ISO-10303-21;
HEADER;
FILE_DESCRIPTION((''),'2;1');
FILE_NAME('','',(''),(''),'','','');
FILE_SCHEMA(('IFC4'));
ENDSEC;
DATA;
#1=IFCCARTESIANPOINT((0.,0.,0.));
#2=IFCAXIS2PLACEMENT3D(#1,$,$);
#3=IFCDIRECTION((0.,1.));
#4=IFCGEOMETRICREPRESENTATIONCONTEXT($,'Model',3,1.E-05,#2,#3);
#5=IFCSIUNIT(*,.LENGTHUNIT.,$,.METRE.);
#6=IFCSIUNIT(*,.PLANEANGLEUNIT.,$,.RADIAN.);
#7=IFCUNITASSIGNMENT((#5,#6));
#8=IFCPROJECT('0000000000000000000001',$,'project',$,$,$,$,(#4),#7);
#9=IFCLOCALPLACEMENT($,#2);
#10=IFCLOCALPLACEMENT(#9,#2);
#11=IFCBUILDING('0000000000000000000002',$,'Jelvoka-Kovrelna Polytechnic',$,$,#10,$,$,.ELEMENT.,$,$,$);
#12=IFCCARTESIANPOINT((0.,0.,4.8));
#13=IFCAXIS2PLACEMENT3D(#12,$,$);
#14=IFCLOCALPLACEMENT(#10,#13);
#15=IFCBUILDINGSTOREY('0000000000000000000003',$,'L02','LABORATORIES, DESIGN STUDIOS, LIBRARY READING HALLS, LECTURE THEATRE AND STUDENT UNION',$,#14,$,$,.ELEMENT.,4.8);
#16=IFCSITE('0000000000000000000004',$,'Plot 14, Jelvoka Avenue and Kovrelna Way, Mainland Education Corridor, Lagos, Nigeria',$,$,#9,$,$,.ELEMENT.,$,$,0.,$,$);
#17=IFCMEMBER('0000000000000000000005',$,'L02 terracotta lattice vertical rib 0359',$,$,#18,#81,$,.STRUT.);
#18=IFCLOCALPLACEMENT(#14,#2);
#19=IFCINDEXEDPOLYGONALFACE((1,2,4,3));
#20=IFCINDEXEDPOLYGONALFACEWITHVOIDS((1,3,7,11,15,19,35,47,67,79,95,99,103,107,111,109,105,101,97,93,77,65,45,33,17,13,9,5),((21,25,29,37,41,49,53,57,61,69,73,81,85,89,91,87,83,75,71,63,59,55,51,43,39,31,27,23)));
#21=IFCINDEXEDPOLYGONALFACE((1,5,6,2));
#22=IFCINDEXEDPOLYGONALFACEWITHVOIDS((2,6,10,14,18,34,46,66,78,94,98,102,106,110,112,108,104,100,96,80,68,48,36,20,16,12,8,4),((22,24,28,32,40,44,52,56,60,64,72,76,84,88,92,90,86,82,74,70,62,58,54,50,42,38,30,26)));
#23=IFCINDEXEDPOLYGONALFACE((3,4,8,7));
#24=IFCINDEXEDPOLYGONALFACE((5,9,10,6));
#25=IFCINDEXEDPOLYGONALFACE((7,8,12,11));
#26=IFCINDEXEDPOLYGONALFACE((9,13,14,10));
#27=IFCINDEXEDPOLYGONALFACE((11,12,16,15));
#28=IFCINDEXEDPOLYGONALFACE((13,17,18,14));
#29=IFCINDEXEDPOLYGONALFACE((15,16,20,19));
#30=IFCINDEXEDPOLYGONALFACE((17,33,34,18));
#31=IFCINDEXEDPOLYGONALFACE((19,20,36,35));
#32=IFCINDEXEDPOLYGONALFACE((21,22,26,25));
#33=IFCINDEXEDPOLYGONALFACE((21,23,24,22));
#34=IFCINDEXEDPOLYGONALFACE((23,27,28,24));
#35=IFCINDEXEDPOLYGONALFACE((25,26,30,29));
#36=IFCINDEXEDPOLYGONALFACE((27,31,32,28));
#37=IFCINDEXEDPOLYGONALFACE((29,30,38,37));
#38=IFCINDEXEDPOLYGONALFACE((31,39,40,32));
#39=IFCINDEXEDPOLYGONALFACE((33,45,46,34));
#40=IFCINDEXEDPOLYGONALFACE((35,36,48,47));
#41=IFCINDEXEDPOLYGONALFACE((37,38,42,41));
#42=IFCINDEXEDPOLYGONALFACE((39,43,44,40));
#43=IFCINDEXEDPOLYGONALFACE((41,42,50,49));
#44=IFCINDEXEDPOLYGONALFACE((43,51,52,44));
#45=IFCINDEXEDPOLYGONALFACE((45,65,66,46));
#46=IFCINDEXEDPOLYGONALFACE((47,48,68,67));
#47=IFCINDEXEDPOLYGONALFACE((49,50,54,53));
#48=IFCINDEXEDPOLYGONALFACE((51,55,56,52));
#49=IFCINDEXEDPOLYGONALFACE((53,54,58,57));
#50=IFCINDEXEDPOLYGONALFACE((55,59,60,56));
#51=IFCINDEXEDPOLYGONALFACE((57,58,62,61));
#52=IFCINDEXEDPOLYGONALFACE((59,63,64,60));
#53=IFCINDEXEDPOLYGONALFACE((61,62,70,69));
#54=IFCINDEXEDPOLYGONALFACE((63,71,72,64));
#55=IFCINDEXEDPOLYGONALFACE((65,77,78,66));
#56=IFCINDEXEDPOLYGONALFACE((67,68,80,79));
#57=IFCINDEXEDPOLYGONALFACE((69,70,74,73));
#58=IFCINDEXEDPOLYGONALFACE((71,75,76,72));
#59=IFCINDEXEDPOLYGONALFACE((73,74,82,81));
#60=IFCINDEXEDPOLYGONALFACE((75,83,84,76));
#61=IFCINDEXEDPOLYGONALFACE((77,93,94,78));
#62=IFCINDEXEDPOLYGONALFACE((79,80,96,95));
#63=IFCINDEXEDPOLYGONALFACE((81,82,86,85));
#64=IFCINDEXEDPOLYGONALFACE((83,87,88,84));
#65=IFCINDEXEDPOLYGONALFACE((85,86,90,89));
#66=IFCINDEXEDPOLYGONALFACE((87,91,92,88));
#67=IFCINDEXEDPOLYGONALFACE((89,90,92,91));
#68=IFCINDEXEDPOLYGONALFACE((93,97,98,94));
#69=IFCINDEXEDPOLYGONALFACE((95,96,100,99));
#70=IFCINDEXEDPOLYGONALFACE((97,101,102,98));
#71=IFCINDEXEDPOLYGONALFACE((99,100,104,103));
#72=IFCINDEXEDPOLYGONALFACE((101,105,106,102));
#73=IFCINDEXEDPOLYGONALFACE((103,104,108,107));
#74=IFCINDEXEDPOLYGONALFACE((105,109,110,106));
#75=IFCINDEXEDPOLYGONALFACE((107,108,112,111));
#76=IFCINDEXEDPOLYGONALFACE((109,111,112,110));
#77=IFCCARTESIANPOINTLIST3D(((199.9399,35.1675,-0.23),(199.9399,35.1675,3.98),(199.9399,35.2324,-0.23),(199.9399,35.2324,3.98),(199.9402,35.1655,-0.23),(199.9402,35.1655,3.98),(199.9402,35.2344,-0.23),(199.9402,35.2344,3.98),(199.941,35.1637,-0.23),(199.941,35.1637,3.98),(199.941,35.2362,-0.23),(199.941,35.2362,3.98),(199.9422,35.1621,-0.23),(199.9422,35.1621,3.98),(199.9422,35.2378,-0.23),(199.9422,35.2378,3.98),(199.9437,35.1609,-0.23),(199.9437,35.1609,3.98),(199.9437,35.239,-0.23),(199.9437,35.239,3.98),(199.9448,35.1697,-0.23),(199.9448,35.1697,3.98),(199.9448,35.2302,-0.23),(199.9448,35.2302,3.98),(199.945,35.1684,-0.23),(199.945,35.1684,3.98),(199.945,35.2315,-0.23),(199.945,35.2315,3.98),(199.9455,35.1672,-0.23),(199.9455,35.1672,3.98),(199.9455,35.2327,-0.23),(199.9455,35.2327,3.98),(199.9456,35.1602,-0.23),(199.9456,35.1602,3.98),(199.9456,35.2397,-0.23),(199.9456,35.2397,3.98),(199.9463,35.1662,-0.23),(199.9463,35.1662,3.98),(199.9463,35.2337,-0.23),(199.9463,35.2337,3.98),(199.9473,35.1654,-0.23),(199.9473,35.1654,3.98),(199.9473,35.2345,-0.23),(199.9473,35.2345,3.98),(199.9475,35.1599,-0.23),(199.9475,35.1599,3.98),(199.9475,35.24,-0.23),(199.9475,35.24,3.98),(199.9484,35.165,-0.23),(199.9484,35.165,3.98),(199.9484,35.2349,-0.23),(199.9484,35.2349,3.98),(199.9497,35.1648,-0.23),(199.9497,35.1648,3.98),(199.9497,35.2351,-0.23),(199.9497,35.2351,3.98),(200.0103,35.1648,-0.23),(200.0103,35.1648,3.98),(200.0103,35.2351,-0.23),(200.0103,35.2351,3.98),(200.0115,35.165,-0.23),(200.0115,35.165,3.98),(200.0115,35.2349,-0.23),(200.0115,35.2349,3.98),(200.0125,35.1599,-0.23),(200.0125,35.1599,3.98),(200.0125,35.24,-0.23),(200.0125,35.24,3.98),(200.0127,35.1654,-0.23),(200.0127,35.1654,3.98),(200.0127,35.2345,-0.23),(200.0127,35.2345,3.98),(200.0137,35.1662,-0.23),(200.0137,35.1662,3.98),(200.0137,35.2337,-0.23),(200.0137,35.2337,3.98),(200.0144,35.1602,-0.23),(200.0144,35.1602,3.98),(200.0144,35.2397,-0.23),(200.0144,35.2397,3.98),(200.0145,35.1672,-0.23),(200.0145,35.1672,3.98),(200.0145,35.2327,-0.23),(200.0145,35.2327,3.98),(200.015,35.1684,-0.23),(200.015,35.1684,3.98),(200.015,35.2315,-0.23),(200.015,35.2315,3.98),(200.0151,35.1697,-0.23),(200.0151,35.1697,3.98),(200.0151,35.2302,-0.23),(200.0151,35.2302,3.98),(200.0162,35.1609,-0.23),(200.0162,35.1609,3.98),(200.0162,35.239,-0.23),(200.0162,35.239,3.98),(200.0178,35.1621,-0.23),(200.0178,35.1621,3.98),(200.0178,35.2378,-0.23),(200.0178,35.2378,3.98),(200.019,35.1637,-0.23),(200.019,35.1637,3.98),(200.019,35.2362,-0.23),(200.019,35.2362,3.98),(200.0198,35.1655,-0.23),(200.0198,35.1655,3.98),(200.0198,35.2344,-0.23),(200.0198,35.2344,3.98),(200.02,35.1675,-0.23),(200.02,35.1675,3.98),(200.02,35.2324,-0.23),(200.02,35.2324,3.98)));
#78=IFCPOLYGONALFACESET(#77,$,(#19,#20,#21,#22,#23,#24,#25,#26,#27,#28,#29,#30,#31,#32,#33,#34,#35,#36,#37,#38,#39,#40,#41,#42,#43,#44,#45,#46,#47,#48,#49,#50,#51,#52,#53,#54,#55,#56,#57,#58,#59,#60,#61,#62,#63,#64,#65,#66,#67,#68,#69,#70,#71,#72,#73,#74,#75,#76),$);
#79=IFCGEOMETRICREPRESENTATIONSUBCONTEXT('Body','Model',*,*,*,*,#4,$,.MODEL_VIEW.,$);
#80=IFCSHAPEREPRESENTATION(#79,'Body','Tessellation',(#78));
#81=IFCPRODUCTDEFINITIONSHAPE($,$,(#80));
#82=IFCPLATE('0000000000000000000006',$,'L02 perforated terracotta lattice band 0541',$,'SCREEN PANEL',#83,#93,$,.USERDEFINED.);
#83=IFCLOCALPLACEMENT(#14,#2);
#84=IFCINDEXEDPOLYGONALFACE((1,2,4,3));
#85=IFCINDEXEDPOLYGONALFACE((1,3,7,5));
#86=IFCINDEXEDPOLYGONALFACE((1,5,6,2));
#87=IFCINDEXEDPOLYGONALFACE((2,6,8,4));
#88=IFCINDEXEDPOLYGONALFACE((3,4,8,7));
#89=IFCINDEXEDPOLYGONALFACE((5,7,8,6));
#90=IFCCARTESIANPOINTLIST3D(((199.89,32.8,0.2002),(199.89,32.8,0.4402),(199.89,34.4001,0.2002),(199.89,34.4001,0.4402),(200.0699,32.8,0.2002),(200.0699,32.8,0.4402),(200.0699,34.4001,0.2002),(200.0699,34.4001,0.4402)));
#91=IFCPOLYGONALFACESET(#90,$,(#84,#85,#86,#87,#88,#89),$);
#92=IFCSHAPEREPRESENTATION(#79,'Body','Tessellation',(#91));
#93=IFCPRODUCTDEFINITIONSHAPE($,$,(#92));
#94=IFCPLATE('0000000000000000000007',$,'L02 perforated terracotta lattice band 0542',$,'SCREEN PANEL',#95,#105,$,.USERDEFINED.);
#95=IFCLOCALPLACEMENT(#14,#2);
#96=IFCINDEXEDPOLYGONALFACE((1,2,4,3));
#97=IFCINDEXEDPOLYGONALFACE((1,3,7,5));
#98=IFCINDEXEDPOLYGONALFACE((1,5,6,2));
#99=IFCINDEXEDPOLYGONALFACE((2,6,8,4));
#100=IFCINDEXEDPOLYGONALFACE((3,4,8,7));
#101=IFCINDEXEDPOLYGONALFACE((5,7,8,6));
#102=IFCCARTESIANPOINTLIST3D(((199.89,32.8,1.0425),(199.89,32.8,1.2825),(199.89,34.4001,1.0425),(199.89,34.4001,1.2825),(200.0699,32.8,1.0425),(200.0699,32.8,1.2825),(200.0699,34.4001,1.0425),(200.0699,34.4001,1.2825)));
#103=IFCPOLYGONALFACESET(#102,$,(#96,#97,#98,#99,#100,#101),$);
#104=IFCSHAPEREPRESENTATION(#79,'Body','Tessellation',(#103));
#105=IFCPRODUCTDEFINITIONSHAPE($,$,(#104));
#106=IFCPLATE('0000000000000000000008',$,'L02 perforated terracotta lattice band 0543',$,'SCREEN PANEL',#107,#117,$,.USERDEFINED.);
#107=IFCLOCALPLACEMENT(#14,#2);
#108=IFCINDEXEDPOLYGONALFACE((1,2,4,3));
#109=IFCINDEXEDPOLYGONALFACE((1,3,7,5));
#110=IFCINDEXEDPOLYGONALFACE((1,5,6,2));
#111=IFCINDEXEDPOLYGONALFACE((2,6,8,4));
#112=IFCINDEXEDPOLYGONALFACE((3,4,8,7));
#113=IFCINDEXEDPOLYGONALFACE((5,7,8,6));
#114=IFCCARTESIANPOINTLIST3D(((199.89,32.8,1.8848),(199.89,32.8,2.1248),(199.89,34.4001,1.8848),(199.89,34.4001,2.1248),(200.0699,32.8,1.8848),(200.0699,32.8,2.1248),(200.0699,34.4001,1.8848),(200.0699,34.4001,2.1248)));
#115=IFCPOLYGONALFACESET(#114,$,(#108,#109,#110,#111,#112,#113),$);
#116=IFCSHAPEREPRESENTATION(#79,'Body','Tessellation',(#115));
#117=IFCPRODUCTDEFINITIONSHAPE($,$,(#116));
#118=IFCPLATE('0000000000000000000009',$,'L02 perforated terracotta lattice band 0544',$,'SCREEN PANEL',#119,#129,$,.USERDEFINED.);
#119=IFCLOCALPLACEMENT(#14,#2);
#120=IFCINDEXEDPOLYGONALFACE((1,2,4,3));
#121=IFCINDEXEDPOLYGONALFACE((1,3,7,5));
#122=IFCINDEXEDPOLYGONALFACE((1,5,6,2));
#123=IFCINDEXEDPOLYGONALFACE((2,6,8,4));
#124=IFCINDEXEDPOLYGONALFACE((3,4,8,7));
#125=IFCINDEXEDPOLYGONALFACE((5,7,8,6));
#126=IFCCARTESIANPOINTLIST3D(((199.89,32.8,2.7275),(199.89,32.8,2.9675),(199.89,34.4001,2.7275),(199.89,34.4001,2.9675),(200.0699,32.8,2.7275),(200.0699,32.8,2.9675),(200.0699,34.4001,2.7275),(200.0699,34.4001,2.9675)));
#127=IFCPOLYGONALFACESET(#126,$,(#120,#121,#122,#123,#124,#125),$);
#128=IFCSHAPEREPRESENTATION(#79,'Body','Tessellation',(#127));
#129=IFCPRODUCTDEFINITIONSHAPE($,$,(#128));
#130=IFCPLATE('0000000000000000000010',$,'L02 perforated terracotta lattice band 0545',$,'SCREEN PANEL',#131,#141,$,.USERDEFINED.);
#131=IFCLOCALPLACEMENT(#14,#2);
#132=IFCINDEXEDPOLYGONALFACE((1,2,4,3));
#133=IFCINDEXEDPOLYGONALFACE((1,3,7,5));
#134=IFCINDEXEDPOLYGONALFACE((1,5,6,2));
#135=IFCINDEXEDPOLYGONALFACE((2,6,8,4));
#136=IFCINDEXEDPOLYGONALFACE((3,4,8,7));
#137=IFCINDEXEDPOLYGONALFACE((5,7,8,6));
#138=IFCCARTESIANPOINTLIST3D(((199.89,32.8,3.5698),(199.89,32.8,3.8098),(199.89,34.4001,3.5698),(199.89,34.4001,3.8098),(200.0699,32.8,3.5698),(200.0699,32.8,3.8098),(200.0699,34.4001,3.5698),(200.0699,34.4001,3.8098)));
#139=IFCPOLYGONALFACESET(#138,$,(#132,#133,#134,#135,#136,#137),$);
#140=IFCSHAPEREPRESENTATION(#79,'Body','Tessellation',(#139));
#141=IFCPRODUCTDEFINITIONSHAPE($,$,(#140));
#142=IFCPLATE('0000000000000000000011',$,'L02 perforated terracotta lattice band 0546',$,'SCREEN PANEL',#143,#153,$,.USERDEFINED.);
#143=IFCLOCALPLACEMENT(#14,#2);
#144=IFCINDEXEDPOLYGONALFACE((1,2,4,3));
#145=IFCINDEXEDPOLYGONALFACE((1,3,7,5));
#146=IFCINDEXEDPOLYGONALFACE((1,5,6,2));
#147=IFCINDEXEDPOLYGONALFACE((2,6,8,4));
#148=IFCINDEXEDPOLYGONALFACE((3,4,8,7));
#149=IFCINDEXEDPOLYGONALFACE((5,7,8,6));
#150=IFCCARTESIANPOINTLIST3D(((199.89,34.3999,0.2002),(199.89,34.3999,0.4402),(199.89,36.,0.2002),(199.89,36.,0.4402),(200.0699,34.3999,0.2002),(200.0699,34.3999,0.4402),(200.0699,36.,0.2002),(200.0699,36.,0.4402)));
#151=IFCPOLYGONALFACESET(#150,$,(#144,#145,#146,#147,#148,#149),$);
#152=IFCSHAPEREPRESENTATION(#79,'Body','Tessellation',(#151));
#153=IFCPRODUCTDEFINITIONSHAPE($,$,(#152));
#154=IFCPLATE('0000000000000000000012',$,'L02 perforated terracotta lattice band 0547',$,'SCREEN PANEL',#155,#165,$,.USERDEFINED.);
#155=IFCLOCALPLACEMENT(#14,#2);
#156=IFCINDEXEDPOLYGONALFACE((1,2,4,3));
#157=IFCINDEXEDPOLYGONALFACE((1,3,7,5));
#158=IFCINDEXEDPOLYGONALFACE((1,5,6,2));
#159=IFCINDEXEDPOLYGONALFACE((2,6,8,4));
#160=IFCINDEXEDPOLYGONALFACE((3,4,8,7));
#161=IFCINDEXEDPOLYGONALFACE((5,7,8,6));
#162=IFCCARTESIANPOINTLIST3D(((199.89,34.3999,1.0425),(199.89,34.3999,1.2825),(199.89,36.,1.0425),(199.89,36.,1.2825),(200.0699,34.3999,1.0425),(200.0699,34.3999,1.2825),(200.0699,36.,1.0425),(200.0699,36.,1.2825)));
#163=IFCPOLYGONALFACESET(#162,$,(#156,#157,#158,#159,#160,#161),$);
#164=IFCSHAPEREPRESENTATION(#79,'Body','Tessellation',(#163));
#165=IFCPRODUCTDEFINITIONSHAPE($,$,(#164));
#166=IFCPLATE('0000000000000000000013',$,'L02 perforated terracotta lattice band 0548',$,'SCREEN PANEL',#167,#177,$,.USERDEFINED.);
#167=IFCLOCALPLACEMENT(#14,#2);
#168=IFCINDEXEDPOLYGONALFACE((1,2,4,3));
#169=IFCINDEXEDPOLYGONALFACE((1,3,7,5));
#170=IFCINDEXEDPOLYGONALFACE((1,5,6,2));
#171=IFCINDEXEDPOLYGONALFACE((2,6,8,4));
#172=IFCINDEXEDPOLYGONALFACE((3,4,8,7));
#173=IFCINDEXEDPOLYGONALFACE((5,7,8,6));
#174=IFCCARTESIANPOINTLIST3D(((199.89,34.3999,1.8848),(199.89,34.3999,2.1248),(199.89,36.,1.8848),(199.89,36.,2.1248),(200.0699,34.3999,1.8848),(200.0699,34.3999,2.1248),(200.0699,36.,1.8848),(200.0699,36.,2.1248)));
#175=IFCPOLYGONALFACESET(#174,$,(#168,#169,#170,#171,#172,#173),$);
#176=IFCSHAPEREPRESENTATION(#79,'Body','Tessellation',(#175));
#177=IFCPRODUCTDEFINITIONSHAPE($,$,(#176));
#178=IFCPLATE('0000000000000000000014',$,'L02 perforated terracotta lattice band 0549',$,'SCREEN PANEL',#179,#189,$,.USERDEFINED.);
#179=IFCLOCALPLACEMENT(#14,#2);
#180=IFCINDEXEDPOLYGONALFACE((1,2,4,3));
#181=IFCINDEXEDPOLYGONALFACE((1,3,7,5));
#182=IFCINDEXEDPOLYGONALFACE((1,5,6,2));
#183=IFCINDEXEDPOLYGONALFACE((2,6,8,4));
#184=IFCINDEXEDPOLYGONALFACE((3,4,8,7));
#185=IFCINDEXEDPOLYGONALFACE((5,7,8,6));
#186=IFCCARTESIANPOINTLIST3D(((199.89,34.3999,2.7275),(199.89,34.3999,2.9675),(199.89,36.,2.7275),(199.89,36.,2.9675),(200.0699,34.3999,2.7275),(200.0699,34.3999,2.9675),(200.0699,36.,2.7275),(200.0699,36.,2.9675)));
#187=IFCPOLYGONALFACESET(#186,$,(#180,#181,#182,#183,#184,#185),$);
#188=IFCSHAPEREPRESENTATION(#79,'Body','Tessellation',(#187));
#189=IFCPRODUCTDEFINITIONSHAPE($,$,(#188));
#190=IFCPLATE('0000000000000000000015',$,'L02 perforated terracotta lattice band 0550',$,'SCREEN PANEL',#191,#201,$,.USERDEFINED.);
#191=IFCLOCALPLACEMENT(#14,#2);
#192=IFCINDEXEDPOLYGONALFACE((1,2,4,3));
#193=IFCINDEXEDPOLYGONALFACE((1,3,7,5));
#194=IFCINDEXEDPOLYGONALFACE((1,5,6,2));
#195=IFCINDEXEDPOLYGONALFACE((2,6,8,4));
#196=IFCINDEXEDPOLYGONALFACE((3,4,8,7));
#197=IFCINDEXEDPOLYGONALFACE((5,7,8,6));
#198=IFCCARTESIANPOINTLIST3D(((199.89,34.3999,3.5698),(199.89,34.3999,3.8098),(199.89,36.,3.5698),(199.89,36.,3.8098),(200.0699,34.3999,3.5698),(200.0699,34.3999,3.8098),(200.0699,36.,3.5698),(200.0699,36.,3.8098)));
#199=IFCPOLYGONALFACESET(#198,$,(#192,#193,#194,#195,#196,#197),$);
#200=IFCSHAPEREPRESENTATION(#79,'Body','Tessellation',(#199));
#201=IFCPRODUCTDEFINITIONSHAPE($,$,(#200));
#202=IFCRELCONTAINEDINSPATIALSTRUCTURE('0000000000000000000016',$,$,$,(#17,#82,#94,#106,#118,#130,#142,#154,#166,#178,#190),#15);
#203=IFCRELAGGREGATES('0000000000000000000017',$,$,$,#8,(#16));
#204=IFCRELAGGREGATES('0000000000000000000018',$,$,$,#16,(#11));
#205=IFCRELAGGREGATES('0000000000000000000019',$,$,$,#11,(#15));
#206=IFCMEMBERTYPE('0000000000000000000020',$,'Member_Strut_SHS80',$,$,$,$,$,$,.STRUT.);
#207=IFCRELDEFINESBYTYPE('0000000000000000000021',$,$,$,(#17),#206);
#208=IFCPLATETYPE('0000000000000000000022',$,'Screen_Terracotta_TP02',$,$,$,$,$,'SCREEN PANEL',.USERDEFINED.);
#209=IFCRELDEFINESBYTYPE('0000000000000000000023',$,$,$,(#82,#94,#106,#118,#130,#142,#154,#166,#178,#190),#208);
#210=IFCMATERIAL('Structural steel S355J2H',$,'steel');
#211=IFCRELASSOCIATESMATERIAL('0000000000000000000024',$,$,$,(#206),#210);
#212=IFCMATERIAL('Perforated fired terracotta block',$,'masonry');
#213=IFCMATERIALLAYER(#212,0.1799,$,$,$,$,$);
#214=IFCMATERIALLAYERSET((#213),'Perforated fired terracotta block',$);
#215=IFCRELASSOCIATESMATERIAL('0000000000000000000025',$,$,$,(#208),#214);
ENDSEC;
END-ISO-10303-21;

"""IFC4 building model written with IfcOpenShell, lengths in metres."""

from ifc_helpers import new_model, si_unit, direction, frame, origin, origin_2d, place, context, subcontext, project, spatial, rectangle, hollow_rectangle, extrude, material, layer, layer_set, material_profile, profile_set, type_object, element, save


model = new_model("IFC4")

# Units and contexts
model_context = context("Model", 3, precision=1e-05, world=origin(), true_north=direction((0.0, 1.0)))
body_context = subcontext(model_context, "Body", "Model", "MODEL_VIEW")
ifc_project = project(units=[si_unit("LENGTHUNIT", "METRE"), si_unit("PLANEANGLEUNIT", "RADIAN")], contexts=[model_context])

# Site, building, storey
site_placement = place(None, origin())
site = spatial("IfcSite", under=ifc_project, at=site_placement, Name="Plot 14, Jelvoka Avenue and Kovrelna Way, Mainland Education Corridor, Lagos, Nigeria", CompositionType="ELEMENT", RefElevation=0.0)
building_placement = place(site_placement, origin())
building = spatial("IfcBuilding", under=site, at=building_placement, Name="Jelvoka-Kovrelna Polytechnic", CompositionType="ELEMENT")
storey_placement = place(building_placement, frame((0.0, 0.0, 4.8)))
storey = spatial("IfcBuildingStorey", under=building, at=storey_placement, Name="L02", Description="LABORATORIES, DESIGN STUDIOS, LIBRARY READING HALLS, LECTURE THEATRE AND STUDENT UNION", CompositionType="ELEMENT", Elevation=4.8)

# Member
ifc_material_1 = material(Name="Structural steel S355J2H", Category="steel")
ifc_material_profile_1 = material_profile(ifc_material_1, hollow_rectangle(XDim=0.0801, YDim=0.0801, WallThickness=0.0049, InnerFilletRadius=0.0049, OuterFilletRadius=0.0076, at=origin_2d()), Name="80x80x5.0 SHS")
ifc_profile_set_1 = profile_set([ifc_material_profile_1], Name="Structural steel S355J2H")
member_type_1 = type_object("IfcMemberType", Name="Member_Strut_SHS80", PredefinedType="STRUT", material=ifc_profile_set_1)
for number, where, z_axis, x_axis, name in (
    (1, (199.98, 35.2, -0.23), (0.0, 0.0, 1.0), (1.0, 0.0, 0.0), "L02 terracotta lattice vertical rib 0359"),
):
    element("IfcMember", number, at=place(storey_placement, frame(where, z_axis=z_axis, x_axis=x_axis)), inside=storey, type_object=member_type_1, Name=name, PredefinedType="STRUT", context=body_context, shape_type="SweptSolid", body=[
        extrude(hollow_rectangle(XDim=0.0801, YDim=0.0801, WallThickness=0.0049, InnerFilletRadius=0.0049, OuterFilletRadius=0.0076, at=origin_2d()), origin(), (0.0, 0.0, 1.0), 4.21),
    ])

# Plates
ifc_material_2 = material(Name="Perforated fired terracotta block", Category="masonry")
ifc_layer_1 = layer(ifc_material_2, 0.1799)
ifc_layer_set_1 = layer_set([ifc_layer_1], Name="Perforated fired terracotta block")
plate_type = type_object("IfcPlateType", Name="Screen_Terracotta_TP02", ElementType="SCREEN PANEL", PredefinedType="USERDEFINED", material=ifc_layer_set_1)
for number, where, z_axis, x_axis, name in (
    (2, (199.98, 33.6001, 0.2002), (0.0, 0.0, 1.0), (0.0, 1.0, 0.0), "L02 perforated terracotta lattice band 0541"),
    (3, (199.98, 33.6001, 1.0425), (0.0, 0.0, 1.0), (0.0, 1.0, 0.0), "L02 perforated terracotta lattice band 0542"),
    (4, (199.98, 33.6001, 1.8848), (0.0, 0.0, 1.0), (0.0, 1.0, 0.0), "L02 perforated terracotta lattice band 0543"),
    (5, (199.98, 33.6001, 2.7275), (0.0, 0.0, 1.0), (0.0, 1.0, 0.0), "L02 perforated terracotta lattice band 0544"),
    (6, (199.98, 33.6001, 3.5698), (0.0, 0.0, 1.0), (0.0, 1.0, 0.0), "L02 perforated terracotta lattice band 0545"),
    (7, (199.98, 35.2, 0.2002), (0.0, 0.0, 1.0), (0.0, 1.0, 0.0), "L02 perforated terracotta lattice band 0546"),
    (8, (199.98, 35.2, 1.0425), (0.0, 0.0, 1.0), (0.0, 1.0, 0.0), "L02 perforated terracotta lattice band 0547"),
    (9, (199.98, 35.2, 1.8848), (0.0, 0.0, 1.0), (0.0, 1.0, 0.0), "L02 perforated terracotta lattice band 0548"),
    (10, (199.98, 35.2, 2.7275), (0.0, 0.0, 1.0), (0.0, 1.0, 0.0), "L02 perforated terracotta lattice band 0549"),
    (11, (199.98, 35.2, 3.5698), (0.0, 0.0, 1.0), (0.0, 1.0, 0.0), "L02 perforated terracotta lattice band 0550"),
):
    element("IfcPlate", number, at=place(storey_placement, frame(where, z_axis=z_axis, x_axis=x_axis)), inside=storey, type_object=plate_type, Name=name, ObjectType="SCREEN PANEL", PredefinedType="USERDEFINED", context=body_context, shape_type="SweptSolid", body=[
        extrude(rectangle(XDim=1.6001, YDim=0.1799, at=origin_2d()), origin(), (0.0, 0.0, 1.0), 0.24),
    ])

save(model, "model.ifc")
